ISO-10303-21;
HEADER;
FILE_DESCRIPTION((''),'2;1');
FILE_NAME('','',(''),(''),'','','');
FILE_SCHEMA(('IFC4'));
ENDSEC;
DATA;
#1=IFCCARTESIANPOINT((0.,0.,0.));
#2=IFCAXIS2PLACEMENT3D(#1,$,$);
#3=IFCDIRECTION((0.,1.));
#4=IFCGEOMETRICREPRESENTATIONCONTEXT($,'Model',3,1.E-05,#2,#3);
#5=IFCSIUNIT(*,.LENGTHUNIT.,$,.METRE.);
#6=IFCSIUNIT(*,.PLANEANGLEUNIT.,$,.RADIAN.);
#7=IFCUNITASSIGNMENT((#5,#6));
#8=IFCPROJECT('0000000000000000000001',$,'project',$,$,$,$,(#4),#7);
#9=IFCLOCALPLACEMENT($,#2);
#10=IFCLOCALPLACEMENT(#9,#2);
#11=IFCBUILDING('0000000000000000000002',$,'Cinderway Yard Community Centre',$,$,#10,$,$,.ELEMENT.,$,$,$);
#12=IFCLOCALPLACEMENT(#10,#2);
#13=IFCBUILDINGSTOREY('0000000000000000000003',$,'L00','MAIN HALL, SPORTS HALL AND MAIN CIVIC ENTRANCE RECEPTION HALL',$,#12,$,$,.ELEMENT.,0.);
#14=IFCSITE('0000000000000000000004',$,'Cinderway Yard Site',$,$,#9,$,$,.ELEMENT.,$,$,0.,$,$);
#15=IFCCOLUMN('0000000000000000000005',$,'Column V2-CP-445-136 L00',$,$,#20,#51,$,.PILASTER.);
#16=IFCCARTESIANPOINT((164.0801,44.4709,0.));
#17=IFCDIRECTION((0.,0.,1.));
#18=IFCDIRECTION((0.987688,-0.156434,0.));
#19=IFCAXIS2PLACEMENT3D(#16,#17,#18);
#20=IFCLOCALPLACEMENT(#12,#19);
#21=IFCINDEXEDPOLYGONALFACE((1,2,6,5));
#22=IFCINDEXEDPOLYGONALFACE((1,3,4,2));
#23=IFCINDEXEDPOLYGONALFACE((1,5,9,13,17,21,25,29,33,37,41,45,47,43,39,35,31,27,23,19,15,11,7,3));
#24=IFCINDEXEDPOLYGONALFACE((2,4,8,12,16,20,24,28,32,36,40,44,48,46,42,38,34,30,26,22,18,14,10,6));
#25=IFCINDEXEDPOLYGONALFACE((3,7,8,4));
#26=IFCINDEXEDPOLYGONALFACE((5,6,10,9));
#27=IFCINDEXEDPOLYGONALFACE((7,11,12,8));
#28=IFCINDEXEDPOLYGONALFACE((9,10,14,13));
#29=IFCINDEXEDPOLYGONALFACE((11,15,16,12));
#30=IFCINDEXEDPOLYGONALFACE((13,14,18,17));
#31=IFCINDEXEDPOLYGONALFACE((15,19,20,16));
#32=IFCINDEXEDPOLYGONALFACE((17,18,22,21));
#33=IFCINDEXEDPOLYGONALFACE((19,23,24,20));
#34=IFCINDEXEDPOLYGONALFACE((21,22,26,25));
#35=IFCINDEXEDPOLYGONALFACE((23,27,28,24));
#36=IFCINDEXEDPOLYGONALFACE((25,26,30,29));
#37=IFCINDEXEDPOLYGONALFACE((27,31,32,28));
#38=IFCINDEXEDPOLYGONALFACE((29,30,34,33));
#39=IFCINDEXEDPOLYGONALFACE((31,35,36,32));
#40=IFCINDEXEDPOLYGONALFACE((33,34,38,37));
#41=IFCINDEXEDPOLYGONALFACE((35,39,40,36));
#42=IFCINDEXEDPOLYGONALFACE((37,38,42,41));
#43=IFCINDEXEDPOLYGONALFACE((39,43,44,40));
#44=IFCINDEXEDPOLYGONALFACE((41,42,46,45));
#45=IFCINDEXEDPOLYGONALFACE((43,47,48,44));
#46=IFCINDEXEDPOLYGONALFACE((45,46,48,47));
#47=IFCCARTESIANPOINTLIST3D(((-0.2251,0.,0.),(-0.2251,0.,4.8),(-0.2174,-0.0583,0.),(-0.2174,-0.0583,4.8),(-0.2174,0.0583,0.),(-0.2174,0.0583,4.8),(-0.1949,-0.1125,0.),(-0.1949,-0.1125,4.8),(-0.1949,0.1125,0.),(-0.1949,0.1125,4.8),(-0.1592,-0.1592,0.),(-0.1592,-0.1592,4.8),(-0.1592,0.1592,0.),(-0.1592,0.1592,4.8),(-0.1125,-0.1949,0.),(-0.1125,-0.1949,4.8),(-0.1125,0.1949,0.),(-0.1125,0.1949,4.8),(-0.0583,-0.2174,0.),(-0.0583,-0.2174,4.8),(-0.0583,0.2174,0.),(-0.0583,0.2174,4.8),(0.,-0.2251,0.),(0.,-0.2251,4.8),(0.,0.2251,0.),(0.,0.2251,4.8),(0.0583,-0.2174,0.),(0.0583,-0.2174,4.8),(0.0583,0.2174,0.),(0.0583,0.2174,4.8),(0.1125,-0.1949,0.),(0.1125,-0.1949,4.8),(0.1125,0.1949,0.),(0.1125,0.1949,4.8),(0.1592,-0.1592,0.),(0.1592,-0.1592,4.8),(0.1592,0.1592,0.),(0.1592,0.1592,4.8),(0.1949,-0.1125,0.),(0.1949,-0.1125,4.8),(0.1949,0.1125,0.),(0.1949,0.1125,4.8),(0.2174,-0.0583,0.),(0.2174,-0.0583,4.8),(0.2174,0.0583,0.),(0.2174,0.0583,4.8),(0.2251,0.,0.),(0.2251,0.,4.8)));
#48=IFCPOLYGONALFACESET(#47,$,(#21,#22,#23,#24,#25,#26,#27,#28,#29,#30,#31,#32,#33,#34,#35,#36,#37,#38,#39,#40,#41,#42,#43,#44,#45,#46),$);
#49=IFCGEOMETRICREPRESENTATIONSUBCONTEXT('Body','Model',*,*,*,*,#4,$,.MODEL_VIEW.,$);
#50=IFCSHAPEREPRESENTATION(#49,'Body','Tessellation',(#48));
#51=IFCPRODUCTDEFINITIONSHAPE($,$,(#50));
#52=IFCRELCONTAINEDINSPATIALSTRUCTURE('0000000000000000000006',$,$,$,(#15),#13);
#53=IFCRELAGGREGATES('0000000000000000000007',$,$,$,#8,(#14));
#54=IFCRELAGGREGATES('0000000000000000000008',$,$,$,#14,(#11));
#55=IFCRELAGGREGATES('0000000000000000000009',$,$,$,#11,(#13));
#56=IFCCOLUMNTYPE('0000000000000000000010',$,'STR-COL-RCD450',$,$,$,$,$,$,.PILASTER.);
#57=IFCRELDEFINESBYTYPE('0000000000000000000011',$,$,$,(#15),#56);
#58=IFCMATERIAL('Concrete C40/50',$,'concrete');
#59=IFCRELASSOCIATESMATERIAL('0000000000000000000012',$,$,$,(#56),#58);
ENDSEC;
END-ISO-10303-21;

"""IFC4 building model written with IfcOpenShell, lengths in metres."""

from ifc_helpers import new_model, si_unit, direction, frame, origin, origin_2d, place, context, subcontext, project, spatial, circle, extrude, material, material_profile, profile_set, type_object, element, save


model = new_model("IFC4")

# Units and contexts
model_context = context("Model", 3, precision=1e-05, world=origin(), true_north=direction((0.0, 1.0)))
body_context = subcontext(model_context, "Body", "Model", "MODEL_VIEW")
ifc_project = project(units=[si_unit("LENGTHUNIT", "METRE"), si_unit("PLANEANGLEUNIT", "RADIAN")], contexts=[model_context])

# Site, building, storey
site_placement = place(None, origin())
site = spatial("IfcSite", under=ifc_project, at=site_placement, Name="Cinderway Yard Site", CompositionType="ELEMENT", RefElevation=0.0)
building_placement = place(site_placement, origin())
building = spatial("IfcBuilding", under=site, at=building_placement, Name="Cinderway Yard Community Centre", CompositionType="ELEMENT")
storey_placement = place(building_placement, origin())
storey = spatial("IfcBuildingStorey", under=building, at=storey_placement, Name="L00", Description="MAIN HALL, SPORTS HALL AND MAIN CIVIC ENTRANCE RECEPTION HALL", CompositionType="ELEMENT", Elevation=0.0)

# Shared definitions
ifc_material_1 = material(Name="Concrete C40/50", Category="concrete")

# Column
ifc_material_profile_1 = material_profile(ifc_material_1, circle(Radius=0.2251, at=origin_2d()), Name="Concrete C40/50")
ifc_profile_set_1 = profile_set([ifc_material_profile_1], Name="Concrete C40/50")
column_type = type_object("IfcColumnType", Name="STR-COL-RCD450", PredefinedType="PILASTER", material=ifc_profile_set_1)
column_placement = place(storey_placement, frame((164.0801, 44.4709, 0.0), z_axis=(0.0, 0.0, 1.0), x_axis=(0.987688, -0.156434, 0.0)))
element("IfcColumn", 1, at=column_placement, inside=storey, type_object=column_type, Name="Column V2-CP-445-136 L00", PredefinedType="PILASTER", context=body_context, shape_type="SweptSolid", body=[
    extrude(circle(Radius=0.2251, at=origin_2d()), origin(), (0.0, 0.0, 1.0), 4.8),
])

save(model, "model.ifc")
